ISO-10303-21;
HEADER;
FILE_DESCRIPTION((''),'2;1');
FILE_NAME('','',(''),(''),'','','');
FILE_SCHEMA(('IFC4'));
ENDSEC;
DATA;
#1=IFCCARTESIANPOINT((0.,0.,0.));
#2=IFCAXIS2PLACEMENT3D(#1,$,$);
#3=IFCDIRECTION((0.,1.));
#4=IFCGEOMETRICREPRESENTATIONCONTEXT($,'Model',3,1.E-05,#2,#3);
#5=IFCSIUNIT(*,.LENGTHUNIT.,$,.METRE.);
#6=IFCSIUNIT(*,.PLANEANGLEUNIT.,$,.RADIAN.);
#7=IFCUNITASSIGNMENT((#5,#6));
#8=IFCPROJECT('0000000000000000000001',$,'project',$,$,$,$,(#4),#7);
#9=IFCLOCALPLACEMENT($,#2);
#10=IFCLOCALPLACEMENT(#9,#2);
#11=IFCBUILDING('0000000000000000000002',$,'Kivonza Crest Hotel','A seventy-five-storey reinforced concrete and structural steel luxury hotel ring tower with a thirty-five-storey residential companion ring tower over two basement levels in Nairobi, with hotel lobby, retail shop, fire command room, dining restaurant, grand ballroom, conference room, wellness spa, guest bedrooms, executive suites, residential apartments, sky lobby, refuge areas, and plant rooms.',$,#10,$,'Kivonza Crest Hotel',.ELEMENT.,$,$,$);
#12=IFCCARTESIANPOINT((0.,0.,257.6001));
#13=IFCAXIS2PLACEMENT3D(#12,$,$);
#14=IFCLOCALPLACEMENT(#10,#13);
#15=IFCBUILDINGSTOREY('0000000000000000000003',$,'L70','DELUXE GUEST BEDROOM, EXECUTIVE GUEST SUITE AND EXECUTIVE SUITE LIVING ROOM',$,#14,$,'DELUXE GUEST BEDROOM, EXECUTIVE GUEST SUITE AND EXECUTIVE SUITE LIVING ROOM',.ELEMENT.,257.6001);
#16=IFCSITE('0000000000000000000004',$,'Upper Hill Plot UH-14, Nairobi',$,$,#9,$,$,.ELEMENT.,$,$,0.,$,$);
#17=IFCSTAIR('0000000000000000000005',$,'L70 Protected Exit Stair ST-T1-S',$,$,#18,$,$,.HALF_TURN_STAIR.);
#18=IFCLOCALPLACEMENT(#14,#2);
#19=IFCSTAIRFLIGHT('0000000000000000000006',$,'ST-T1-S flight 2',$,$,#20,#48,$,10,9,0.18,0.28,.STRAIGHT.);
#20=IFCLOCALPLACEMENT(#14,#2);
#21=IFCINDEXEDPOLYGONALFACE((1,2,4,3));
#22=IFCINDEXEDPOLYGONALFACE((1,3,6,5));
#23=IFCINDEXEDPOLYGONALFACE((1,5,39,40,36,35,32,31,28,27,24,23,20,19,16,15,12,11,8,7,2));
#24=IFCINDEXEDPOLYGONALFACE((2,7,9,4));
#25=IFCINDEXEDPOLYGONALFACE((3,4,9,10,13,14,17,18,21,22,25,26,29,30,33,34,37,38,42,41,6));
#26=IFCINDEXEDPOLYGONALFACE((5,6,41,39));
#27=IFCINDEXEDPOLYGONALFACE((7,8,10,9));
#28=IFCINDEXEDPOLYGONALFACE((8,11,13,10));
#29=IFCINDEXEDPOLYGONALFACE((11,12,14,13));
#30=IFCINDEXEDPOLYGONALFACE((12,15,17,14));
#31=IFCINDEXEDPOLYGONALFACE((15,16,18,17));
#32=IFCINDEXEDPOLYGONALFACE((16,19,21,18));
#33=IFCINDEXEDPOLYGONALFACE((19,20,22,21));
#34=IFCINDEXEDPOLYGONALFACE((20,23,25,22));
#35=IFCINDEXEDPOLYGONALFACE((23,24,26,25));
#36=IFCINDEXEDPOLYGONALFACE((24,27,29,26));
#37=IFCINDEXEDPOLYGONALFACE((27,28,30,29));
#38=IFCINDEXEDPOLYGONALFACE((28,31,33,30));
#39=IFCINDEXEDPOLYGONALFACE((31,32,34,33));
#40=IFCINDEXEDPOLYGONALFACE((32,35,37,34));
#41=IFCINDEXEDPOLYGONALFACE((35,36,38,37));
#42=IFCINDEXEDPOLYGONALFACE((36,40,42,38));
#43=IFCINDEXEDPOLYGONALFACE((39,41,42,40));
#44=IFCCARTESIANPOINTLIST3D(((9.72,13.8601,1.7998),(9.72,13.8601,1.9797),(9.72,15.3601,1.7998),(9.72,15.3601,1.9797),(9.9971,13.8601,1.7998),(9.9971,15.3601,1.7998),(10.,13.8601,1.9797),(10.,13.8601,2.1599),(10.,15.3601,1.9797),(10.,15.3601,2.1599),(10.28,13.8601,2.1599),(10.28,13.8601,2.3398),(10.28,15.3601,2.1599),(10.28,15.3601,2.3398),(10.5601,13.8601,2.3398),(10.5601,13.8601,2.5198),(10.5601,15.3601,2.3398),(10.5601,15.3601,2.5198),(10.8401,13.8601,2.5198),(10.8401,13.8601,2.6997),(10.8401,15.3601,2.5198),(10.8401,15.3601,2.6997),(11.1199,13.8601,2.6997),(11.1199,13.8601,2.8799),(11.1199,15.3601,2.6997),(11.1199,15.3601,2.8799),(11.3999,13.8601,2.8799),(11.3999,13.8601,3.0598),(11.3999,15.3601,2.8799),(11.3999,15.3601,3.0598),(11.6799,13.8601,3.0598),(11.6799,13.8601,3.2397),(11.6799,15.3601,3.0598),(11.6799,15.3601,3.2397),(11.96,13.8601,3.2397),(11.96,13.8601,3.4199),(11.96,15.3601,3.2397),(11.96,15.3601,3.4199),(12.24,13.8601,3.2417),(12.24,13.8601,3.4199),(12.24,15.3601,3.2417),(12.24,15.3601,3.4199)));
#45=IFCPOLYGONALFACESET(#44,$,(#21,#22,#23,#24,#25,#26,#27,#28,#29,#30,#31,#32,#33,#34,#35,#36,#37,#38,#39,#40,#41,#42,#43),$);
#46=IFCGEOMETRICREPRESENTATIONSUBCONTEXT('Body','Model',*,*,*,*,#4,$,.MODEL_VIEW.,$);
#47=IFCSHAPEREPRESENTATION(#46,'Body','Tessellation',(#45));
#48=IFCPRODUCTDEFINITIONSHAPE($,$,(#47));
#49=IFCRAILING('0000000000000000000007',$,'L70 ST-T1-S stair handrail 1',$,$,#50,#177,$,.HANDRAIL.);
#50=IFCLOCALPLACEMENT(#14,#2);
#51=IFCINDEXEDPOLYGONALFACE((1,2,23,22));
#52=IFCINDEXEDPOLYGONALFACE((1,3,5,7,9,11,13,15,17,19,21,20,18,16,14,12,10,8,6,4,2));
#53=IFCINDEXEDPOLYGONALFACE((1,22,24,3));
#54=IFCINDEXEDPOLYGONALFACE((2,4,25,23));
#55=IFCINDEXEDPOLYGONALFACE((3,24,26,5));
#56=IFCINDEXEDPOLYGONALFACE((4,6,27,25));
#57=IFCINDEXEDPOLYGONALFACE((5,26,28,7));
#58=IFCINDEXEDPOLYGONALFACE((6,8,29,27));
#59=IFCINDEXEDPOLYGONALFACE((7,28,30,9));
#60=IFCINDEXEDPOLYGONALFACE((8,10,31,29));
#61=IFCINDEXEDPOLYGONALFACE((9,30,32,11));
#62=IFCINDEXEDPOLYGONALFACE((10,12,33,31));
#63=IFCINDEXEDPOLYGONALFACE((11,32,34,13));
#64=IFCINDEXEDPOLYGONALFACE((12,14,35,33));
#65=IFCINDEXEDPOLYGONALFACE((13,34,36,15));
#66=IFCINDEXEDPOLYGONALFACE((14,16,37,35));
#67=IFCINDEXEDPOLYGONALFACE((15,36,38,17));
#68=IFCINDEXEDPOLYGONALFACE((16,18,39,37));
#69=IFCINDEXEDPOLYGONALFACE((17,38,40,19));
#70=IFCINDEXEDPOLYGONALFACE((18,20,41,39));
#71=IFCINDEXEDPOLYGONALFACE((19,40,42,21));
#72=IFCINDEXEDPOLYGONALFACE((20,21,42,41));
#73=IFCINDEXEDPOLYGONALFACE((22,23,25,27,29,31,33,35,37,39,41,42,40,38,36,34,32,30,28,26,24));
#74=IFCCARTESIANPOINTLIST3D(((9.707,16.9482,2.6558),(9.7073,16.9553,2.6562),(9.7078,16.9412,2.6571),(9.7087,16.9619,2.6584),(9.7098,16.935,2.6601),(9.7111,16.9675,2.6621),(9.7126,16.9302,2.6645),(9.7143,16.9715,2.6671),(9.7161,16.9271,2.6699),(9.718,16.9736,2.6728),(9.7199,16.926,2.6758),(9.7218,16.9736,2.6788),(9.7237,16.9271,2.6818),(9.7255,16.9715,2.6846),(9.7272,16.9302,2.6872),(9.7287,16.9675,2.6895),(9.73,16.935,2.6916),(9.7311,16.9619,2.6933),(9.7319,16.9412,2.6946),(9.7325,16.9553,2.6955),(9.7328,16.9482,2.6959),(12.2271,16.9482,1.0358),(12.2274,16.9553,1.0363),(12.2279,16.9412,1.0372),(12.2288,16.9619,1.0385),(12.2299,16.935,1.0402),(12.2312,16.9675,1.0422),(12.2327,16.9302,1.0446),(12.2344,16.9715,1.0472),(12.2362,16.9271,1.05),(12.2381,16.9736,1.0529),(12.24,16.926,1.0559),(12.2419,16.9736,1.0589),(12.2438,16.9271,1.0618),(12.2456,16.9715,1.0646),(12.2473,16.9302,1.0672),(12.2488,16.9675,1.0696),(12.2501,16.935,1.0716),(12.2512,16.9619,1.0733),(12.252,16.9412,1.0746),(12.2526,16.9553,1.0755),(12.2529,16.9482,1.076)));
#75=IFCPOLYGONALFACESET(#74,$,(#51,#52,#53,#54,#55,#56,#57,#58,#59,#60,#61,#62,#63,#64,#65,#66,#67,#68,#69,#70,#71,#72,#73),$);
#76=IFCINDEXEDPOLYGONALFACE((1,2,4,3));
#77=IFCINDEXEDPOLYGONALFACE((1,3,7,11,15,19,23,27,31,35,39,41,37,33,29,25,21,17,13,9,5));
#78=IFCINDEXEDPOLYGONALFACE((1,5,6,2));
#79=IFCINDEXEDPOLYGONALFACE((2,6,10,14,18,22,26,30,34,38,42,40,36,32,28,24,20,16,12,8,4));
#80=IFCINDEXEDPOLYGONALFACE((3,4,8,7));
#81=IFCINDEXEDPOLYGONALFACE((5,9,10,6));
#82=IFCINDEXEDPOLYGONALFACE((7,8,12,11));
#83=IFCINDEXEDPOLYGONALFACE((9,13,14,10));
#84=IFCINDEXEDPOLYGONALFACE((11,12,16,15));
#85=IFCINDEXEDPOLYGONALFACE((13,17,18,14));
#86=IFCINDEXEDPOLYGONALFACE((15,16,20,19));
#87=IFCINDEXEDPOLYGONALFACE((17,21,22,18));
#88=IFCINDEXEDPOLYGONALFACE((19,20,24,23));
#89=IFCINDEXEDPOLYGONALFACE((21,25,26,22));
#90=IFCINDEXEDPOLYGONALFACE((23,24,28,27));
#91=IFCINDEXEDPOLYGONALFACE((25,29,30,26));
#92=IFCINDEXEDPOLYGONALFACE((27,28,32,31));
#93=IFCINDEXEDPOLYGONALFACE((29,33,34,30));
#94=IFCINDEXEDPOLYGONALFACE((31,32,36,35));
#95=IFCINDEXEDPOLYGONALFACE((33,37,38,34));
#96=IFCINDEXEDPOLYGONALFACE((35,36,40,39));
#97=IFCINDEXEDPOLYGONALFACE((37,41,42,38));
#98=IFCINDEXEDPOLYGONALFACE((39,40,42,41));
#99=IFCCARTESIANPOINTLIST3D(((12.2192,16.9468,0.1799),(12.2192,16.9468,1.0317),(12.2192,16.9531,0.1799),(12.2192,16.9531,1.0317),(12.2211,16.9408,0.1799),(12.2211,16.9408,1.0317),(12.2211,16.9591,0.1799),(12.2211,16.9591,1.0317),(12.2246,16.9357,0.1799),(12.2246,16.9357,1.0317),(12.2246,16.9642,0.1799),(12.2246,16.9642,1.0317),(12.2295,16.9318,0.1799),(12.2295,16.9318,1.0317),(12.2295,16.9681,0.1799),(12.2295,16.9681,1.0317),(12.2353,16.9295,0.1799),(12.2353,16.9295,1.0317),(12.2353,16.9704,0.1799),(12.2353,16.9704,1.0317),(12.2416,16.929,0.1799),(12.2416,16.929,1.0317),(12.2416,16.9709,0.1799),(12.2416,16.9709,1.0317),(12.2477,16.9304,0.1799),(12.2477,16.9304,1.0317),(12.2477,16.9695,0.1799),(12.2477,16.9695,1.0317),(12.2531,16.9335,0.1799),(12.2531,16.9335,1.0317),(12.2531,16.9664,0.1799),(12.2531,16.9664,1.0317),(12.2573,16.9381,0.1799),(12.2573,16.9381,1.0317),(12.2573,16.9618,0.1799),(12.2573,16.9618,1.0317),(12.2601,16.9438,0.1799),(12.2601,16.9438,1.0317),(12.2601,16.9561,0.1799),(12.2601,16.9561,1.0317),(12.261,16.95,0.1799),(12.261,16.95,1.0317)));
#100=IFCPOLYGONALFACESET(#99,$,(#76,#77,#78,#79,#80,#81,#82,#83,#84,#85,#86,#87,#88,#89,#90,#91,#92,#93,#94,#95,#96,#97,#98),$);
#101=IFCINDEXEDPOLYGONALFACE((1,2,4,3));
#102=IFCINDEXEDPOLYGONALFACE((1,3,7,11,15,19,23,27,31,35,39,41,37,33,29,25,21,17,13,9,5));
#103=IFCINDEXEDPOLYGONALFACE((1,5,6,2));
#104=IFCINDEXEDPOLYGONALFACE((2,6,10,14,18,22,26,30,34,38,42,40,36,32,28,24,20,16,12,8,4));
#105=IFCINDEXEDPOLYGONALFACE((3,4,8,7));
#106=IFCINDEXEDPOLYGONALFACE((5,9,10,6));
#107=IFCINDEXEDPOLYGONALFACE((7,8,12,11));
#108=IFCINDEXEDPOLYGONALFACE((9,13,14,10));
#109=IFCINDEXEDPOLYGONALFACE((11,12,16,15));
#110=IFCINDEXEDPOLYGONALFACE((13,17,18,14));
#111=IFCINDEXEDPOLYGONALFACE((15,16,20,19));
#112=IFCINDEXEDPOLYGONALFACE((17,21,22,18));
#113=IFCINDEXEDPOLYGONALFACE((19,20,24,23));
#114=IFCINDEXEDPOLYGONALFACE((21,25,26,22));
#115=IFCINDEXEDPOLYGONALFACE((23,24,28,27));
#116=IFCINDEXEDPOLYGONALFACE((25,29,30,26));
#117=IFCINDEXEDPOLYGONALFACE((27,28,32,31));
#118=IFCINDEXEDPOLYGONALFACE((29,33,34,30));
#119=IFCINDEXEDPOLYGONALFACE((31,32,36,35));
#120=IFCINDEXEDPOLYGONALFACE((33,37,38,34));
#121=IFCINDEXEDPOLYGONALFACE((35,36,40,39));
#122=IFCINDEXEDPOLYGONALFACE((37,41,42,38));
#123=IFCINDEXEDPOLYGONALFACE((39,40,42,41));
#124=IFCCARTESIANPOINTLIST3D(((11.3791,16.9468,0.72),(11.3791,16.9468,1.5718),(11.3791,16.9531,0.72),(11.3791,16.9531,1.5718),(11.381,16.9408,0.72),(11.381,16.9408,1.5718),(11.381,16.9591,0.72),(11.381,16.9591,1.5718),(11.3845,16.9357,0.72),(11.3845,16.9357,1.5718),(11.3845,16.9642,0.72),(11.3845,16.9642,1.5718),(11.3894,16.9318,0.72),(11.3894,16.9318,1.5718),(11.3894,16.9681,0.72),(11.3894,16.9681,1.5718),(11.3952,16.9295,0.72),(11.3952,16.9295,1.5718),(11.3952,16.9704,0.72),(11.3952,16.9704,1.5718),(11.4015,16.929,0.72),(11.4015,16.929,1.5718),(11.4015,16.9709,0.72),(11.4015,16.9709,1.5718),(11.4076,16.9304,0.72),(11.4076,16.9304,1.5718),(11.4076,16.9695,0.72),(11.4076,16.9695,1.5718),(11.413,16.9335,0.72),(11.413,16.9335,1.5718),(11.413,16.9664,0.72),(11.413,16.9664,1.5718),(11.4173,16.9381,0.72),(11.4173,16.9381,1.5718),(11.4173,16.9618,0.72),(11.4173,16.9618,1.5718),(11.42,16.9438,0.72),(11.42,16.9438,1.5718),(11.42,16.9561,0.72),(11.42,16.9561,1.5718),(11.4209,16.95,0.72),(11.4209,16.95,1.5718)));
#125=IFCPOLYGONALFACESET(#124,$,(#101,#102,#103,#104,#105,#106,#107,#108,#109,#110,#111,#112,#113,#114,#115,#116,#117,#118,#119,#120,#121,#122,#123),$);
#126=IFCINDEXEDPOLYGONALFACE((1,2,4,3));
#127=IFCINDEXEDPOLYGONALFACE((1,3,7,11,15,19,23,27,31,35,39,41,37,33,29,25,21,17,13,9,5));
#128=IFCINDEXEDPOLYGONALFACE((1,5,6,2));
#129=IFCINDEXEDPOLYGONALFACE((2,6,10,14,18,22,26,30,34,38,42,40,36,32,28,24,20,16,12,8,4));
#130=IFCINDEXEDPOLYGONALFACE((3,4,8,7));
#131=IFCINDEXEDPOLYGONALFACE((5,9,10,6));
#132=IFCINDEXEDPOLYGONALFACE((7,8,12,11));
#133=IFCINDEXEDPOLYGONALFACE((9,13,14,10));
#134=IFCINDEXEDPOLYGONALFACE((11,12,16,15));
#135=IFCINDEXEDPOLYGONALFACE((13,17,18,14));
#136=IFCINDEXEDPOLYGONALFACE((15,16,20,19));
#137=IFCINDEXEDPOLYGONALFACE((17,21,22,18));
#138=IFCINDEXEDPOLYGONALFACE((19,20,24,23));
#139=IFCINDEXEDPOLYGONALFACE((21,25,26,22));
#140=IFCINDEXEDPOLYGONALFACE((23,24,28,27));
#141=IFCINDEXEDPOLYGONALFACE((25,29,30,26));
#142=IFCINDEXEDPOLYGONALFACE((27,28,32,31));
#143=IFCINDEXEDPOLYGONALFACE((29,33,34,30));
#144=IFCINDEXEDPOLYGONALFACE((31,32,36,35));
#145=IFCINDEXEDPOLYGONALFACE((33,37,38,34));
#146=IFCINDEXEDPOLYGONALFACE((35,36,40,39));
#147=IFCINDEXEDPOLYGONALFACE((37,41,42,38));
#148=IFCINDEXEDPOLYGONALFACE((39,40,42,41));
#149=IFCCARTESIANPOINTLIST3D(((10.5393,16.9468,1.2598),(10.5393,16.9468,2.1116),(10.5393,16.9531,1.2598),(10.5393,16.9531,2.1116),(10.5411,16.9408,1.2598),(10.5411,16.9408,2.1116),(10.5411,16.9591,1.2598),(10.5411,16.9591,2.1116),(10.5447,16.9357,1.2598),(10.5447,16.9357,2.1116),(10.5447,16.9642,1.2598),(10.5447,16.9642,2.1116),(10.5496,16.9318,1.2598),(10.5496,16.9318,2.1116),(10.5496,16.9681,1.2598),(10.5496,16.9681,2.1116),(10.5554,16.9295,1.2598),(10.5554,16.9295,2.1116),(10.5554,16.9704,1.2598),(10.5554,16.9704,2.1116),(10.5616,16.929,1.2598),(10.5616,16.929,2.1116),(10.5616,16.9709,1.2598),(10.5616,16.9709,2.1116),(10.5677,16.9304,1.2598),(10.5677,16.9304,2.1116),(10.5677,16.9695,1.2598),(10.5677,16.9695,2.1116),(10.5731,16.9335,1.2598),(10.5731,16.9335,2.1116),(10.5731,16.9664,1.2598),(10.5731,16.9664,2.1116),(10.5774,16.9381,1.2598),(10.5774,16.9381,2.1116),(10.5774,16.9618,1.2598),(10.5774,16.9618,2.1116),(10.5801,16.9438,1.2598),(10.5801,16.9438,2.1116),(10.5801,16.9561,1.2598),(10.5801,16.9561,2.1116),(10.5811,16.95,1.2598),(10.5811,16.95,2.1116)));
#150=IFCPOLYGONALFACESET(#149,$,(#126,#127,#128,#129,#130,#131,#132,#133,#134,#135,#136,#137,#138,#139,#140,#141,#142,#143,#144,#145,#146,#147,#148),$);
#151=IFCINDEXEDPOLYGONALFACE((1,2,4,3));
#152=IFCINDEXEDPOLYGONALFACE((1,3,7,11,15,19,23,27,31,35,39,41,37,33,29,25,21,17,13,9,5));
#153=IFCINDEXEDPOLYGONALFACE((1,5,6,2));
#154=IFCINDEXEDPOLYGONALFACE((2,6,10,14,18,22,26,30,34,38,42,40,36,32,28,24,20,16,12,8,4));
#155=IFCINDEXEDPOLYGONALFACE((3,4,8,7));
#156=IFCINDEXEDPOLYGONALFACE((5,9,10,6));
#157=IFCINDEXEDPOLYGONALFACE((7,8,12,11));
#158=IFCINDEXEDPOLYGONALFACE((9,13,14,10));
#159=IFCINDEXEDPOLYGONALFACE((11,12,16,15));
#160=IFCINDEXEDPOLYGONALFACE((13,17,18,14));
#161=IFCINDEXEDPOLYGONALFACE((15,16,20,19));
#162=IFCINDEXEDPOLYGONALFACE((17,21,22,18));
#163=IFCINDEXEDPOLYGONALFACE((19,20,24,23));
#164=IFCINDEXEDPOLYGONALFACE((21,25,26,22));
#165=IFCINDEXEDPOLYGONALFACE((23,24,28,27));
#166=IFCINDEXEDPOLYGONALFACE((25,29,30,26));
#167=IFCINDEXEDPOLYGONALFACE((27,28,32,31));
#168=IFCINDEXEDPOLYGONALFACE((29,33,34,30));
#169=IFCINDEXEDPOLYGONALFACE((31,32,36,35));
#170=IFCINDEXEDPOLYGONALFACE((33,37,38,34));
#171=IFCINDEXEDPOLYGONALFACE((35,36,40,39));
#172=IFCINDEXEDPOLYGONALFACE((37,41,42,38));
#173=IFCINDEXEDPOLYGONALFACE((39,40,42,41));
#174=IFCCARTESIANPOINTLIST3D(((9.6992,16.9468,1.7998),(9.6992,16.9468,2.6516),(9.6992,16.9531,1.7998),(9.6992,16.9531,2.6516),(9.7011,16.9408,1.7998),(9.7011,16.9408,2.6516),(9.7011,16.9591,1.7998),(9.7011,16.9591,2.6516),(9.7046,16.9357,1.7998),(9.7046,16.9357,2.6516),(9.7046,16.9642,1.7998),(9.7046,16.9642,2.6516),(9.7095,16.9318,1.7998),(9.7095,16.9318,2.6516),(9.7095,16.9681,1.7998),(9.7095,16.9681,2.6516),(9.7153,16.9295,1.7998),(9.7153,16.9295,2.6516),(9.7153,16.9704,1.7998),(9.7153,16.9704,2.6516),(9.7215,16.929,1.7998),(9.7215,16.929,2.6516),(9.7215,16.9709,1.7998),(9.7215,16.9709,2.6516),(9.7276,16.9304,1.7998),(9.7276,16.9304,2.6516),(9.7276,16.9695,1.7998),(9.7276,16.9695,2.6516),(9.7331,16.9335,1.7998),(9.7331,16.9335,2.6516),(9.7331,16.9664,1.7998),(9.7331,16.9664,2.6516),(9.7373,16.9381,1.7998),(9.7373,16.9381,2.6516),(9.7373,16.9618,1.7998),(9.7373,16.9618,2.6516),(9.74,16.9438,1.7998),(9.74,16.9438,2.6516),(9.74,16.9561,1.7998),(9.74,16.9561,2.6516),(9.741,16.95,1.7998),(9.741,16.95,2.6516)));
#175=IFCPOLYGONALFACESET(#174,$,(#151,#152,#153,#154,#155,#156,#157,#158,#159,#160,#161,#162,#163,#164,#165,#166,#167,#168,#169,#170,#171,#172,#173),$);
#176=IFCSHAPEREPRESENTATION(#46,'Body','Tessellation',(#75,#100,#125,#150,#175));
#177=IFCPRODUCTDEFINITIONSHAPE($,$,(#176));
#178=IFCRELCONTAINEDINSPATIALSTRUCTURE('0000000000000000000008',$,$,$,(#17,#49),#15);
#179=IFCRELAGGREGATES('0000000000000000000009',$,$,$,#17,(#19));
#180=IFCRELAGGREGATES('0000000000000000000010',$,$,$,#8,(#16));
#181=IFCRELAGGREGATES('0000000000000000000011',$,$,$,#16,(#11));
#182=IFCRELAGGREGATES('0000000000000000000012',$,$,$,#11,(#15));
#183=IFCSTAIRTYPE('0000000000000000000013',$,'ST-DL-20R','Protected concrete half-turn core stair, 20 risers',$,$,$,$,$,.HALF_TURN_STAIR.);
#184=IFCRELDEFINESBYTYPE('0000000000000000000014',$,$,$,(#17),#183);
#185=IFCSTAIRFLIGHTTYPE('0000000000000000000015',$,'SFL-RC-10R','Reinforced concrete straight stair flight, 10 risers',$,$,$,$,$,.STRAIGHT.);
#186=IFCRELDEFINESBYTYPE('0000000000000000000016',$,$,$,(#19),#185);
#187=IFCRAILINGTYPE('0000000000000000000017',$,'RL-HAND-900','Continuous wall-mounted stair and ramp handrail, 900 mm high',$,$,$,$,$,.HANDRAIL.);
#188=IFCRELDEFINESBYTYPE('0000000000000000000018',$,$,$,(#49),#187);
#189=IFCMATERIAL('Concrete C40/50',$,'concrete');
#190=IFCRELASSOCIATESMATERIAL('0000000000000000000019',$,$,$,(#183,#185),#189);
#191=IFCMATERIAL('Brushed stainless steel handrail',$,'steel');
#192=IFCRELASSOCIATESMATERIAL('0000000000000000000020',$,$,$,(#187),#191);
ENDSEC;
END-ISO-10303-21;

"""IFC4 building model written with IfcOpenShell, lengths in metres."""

from ifc_helpers import new_model, si_unit, direction, frame, origin, origin_2d, place, context, subcontext, project, spatial, polyline, circle, outline, extrude, material, type_object, element, aggregate, save


model = new_model("IFC4")

# Units and contexts
model_context = context("Model", 3, precision=1e-05, world=origin(), true_north=direction((0.0, 1.0)))
body_context = subcontext(model_context, "Body", "Model", "MODEL_VIEW")
ifc_project = project(units=[si_unit("LENGTHUNIT", "METRE"), si_unit("PLANEANGLEUNIT", "RADIAN")], contexts=[model_context])

# Site, building, storey
site_placement = place(None, origin())
site = spatial("IfcSite", under=ifc_project, at=site_placement, Name="Upper Hill Plot UH-14, Nairobi", CompositionType="ELEMENT", RefElevation=0.0)
building_placement = place(site_placement, origin())
building = spatial("IfcBuilding", under=site, at=building_placement, Name="Kivonza Crest Hotel", Description="A seventy-five-storey reinforced concrete and structural steel luxury hotel ring tower with a thirty-five-storey residential companion ring tower over two basement levels in Nairobi, with hotel lobby, retail shop, fire command room, dining restaurant, grand ballroom, conference room, wellness spa, guest bedrooms, executive suites, residential apartments, sky lobby, refuge areas, and plant rooms.", LongName="Kivonza Crest Hotel", CompositionType="ELEMENT")
storey_placement = place(building_placement, frame((0.0, 0.0, 257.6001)))
storey = spatial("IfcBuildingStorey", under=building, at=storey_placement, Name="L70", Description="DELUXE GUEST BEDROOM, EXECUTIVE GUEST SUITE AND EXECUTIVE SUITE LIVING ROOM", LongName="DELUXE GUEST BEDROOM, EXECUTIVE GUEST SUITE AND EXECUTIVE SUITE LIVING ROOM", CompositionType="ELEMENT", Elevation=257.6001)

# Stair, stair flight
ifc_material_1 = material(Name="Concrete C40/50", Category="concrete")
stair_type = type_object("IfcStairType", Name="ST-DL-20R", Description="Protected concrete half-turn core stair, 20 risers", PredefinedType="HALF_TURN_STAIR", material=ifc_material_1)
stair_placement = place(storey_placement, origin())
stair = element("IfcStair", 1, at=stair_placement, inside=storey, type_object=stair_type, Name="L70 Protected Exit Stair ST-T1-S", PredefinedType="HALF_TURN_STAIR")
stair_flight_type = type_object("IfcStairFlightType", Name="SFL-RC-10R", Description="Reinforced concrete straight stair flight, 10 risers", PredefinedType="STRAIGHT", material=ifc_material_1)
stair_flight_1_placement = place(storey_placement, frame((9.72, 14.6101, 1.7998), z_axis=(0.0, 0.0, 1.0), x_axis=(1.0, 0.0, 0.0)))
stair_flight_1 = element("IfcStairFlight", 2, at=stair_flight_1_placement, type_object=stair_flight_type, Name="ST-T1-S flight 2", NumberOfRisers=10, NumberOfTreads=9, PredefinedType="STRAIGHT", RiserHeight=0.18, TreadLength=0.28, context=body_context, shape_type="SweptSolid", body=[
    extrude(outline(polyline([(0.0, 0.0), (0.0, 0.1799), (0.28, 0.1799), (0.28, 0.3601), (0.5601, 0.3601), (0.5601, 0.54), (0.8401, 0.54), (0.8401, 0.72), (1.1201, 0.72), (1.1201, 0.8999), (1.3999, 0.8999), (1.3999, 1.0801), (1.6799, 1.0801), (1.6799, 1.26), (1.96, 1.26), (1.96, 1.4399), (2.24, 1.4399), (2.24, 1.6201), (2.52, 1.6201), (2.52, 1.8), (2.52, 1.4419), (0.2771, 0.0), (0.0, 0.0)])), frame((0.0, 0.75, 0.0), z_axis=(0.0, -1.0, 0.0), x_axis=(1.0, 0.0, 0.0)), (0.0, 0.0, 1.0), 1.5),
])
aggregate(stair, [stair_flight_1])

# Railing
ifc_material_2 = material(Name="Brushed stainless steel handrail", Category="steel")
railing_type_1 = type_object("IfcRailingType", Name="RL-HAND-900", Description="Continuous wall-mounted stair and ramp handrail, 900 mm high", PredefinedType="HANDRAIL", material=ifc_material_2)
railing_1_placement = place(storey_placement, frame((12.24, 16.95, 0.1799)))
element("IfcRailing", 3, at=railing_1_placement, inside=storey, type_object=railing_type_1, Name="L70 ST-T1-S stair handrail 1", PredefinedType="HANDRAIL", context=body_context, shape_type="SweptSolid", body=[
    extrude(circle(Radius=0.0239, at=origin_2d()), frame((0.0, 0.0, 0.876), z_axis=(-0.8412, 0.0, 0.540725), x_axis=(0.0, -1.0, 0.0)), (0.0, 0.0, 1.0), 2.9958),
    extrude(circle(Radius=0.021, at=origin_2d()), origin(), (0.0, 0.0, 1.0), 0.8518),
    extrude(circle(Radius=0.021, at=origin_2d()), frame((-0.8401, 0.0, 0.54)), (0.0, 0.0, 1.0), 0.8518),
    extrude(circle(Radius=0.021, at=origin_2d()), frame((-1.6799, 0.0, 1.0798)), (0.0, 0.0, 1.0), 0.8518),
    extrude(circle(Radius=0.021, at=origin_2d()), frame((-2.52, 0.0, 1.6199)), (0.0, 0.0, 1.0), 0.8518),
])

save(model, "model.ifc")
